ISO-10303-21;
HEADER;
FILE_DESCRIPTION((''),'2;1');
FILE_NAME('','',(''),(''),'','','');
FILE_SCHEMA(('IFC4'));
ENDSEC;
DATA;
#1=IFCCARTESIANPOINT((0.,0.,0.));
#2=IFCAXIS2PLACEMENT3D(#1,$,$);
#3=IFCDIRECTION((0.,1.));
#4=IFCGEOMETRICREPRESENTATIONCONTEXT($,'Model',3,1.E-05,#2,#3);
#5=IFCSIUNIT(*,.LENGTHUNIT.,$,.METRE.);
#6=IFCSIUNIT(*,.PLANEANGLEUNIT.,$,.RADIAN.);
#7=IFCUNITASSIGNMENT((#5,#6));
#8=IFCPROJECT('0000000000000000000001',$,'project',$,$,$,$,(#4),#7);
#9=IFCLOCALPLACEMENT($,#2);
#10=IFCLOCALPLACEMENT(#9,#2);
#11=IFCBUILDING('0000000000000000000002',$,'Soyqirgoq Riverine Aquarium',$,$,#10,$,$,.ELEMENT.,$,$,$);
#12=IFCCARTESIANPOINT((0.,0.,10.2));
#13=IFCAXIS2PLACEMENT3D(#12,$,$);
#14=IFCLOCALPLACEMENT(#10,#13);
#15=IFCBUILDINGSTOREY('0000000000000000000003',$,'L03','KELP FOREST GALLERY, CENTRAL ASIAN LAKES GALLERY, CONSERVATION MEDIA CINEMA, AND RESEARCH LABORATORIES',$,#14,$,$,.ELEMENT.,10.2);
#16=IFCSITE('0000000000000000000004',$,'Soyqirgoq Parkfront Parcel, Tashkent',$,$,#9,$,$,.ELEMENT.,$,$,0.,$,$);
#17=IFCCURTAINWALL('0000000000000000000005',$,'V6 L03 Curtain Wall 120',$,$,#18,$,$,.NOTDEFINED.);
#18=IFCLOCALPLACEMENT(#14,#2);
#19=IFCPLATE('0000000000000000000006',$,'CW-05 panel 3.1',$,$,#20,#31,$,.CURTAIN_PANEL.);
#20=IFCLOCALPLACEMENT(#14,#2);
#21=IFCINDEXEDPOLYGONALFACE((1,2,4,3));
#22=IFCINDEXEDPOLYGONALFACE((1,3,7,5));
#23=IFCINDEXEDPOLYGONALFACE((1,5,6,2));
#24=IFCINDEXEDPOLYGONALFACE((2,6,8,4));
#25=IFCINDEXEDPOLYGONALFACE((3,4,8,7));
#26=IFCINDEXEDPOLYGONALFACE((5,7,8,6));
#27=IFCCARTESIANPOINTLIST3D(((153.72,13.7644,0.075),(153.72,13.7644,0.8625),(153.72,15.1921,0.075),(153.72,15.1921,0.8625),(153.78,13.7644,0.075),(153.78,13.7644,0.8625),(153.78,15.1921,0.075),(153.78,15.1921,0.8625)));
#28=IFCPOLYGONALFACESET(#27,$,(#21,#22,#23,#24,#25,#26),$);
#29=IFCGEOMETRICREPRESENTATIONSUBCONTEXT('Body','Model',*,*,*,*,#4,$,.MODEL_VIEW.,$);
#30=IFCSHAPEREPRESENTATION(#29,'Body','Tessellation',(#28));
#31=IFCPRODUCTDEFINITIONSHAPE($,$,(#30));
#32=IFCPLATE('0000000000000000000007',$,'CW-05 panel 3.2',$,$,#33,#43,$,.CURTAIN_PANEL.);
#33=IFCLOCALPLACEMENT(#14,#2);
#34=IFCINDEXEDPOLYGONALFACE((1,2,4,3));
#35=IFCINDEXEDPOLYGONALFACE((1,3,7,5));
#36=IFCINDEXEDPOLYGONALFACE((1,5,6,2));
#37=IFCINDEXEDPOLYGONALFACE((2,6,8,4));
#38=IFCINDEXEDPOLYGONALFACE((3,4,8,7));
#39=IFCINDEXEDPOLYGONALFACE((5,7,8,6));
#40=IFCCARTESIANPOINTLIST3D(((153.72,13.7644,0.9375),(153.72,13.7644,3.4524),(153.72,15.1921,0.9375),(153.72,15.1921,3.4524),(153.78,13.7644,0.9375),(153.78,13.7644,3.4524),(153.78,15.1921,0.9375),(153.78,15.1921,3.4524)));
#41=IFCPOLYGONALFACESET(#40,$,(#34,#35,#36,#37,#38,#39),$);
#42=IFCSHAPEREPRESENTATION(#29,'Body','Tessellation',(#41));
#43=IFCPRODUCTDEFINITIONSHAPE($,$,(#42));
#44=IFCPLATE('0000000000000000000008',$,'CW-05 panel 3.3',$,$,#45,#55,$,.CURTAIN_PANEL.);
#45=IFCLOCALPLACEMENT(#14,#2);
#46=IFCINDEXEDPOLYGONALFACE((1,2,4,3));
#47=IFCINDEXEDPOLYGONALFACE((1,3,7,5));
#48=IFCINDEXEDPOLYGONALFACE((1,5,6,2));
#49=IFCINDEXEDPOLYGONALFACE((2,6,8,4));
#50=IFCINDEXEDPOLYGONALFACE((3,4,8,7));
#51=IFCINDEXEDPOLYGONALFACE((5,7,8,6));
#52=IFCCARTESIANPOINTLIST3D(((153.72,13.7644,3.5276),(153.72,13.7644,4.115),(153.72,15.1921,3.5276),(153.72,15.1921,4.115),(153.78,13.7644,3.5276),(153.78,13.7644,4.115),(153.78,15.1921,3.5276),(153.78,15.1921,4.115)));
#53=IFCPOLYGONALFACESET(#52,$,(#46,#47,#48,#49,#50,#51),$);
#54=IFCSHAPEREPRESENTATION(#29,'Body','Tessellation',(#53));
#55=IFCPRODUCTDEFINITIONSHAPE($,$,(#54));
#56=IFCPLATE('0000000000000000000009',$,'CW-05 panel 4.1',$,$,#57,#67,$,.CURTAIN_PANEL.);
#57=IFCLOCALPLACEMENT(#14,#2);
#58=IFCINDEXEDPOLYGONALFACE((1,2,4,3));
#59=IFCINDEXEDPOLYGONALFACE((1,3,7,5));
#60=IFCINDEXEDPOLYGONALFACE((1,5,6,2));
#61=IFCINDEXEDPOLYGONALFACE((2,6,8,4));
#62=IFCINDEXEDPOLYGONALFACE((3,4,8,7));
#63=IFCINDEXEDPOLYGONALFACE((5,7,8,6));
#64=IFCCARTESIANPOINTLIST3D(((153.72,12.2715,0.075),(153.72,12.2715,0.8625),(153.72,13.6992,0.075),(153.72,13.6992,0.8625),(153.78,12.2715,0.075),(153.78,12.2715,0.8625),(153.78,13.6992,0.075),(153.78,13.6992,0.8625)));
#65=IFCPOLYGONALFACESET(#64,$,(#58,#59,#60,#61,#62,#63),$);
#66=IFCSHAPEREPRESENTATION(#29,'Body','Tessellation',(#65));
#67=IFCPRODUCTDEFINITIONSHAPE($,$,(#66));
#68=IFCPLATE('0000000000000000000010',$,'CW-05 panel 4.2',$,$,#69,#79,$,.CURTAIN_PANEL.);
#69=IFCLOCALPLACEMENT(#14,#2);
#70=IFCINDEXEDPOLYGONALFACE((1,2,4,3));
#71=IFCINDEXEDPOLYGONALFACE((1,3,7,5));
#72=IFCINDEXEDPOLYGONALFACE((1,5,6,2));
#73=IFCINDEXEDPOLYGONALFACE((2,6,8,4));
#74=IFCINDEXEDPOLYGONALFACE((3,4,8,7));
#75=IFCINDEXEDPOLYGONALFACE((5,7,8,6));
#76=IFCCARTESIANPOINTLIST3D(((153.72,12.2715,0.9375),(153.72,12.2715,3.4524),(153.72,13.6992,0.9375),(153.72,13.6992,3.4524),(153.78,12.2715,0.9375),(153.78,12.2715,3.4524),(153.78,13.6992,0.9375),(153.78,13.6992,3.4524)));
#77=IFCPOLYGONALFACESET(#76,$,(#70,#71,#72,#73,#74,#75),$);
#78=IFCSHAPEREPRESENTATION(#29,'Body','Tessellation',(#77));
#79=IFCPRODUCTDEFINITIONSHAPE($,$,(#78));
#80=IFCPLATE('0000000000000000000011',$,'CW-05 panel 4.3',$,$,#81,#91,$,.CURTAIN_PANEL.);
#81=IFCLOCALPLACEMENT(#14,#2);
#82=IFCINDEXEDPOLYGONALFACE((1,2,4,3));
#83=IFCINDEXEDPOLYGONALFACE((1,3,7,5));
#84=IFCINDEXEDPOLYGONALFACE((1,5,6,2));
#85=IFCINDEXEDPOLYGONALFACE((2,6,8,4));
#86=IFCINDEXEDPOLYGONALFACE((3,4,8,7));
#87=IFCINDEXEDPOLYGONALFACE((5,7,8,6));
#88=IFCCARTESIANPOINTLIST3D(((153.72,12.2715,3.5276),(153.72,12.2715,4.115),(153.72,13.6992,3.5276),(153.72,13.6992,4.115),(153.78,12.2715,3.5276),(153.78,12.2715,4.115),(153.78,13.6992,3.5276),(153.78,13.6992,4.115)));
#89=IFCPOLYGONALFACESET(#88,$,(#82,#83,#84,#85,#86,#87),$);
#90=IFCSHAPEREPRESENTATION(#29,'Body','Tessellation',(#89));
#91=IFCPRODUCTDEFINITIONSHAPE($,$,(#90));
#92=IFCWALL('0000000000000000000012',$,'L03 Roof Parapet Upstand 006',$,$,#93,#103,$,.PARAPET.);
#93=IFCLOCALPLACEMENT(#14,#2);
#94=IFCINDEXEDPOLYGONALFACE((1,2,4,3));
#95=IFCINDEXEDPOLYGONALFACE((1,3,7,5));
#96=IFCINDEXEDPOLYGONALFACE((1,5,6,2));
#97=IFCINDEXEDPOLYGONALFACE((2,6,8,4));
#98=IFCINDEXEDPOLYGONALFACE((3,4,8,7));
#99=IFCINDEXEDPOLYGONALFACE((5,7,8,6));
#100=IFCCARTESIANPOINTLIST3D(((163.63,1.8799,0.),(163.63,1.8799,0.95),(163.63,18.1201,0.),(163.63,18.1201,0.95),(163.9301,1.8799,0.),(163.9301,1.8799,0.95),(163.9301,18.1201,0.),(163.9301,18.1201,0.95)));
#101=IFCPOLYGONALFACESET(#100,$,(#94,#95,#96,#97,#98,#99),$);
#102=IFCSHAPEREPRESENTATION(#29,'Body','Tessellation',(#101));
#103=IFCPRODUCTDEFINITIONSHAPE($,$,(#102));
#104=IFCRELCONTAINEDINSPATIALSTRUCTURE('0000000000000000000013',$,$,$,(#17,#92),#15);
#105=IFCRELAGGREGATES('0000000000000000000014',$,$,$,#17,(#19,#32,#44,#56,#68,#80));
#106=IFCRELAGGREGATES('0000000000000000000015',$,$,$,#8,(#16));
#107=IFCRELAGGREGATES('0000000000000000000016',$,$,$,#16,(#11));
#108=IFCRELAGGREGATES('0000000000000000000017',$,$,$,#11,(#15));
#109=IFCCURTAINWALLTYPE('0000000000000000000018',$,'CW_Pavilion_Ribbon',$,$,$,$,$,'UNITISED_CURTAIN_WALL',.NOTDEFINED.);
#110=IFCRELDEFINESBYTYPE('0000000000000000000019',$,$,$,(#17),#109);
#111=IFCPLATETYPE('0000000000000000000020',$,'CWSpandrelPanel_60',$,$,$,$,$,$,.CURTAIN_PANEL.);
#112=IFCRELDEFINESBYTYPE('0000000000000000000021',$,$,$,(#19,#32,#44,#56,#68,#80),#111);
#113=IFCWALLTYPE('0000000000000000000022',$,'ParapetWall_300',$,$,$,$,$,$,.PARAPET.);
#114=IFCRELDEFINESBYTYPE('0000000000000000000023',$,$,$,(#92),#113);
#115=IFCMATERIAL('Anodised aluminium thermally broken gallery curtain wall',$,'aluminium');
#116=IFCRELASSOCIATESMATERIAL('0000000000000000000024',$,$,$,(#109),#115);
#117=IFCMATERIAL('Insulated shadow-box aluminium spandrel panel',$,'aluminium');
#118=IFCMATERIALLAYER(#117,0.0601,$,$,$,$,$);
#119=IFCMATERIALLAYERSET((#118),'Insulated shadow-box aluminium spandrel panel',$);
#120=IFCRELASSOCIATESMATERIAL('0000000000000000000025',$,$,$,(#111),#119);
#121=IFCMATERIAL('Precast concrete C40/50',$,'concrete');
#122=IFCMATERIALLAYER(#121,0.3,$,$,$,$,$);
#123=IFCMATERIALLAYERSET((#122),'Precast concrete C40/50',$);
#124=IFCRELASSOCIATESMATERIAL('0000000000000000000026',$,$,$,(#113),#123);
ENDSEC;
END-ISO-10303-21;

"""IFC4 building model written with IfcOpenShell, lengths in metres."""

from ifc_helpers import new_model, si_unit, direction, frame, frame_2d, origin, origin_2d, place, context, subcontext, project, spatial, rectangle, extrude, material, layer, layer_set, type_object, element, aggregate, save


model = new_model("IFC4")

# Units and contexts
model_context = context("Model", 3, precision=1e-05, world=origin(), true_north=direction((0.0, 1.0)))
body_context = subcontext(model_context, "Body", "Model", "MODEL_VIEW")
ifc_project = project(units=[si_unit("LENGTHUNIT", "METRE"), si_unit("PLANEANGLEUNIT", "RADIAN")], contexts=[model_context])

# Site, building, storey
site_placement = place(None, origin())
site = spatial("IfcSite", under=ifc_project, at=site_placement, Name="Soyqirgoq Parkfront Parcel, Tashkent", CompositionType="ELEMENT", RefElevation=0.0)
building_placement = place(site_placement, origin())
building = spatial("IfcBuilding", under=site, at=building_placement, Name="Soyqirgoq Riverine Aquarium", CompositionType="ELEMENT")
storey_placement = place(building_placement, frame((0.0, 0.0, 10.2)))
storey = spatial("IfcBuildingStorey", under=building, at=storey_placement, Name="L03", Description="KELP FOREST GALLERY, CENTRAL ASIAN LAKES GALLERY, CONSERVATION MEDIA CINEMA, AND RESEARCH LABORATORIES", CompositionType="ELEMENT", Elevation=10.2)

# Curtain wall, plates
ifc_material_1 = material(Name="Anodised aluminium thermally broken gallery curtain wall", Category="aluminium")
curtain_wall_type = type_object("IfcCurtainWallType", Name="CW_Pavilion_Ribbon", ElementType="UNITISED_CURTAIN_WALL", PredefinedType="NOTDEFINED", material=ifc_material_1)
curtain_wall_placement = place(storey_placement, origin())
curtain_wall = element("IfcCurtainWall", 1, at=curtain_wall_placement, inside=storey, type_object=curtain_wall_type, Name="V6 L03 Curtain Wall 120", PredefinedType="NOTDEFINED")
ifc_material_2 = material(Name="Insulated shadow-box aluminium spandrel panel", Category="aluminium")
ifc_layer_1 = layer(ifc_material_2, 0.0601)
ifc_layer_set_1 = layer_set([ifc_layer_1], Name="Insulated shadow-box aluminium spandrel panel")
plate_type = type_object("IfcPlateType", Name="CWSpandrelPanel_60", PredefinedType="CURTAIN_PANEL", material=ifc_layer_set_1)
plate_1_placement = place(storey_placement, frame((153.75, 14.4783, 0.075), z_axis=(0.0, 0.0, 1.0), x_axis=(0.0, -1.0, 0.0)))
plate_1 = element("IfcPlate", 2, at=plate_1_placement, type_object=plate_type, Name="CW-05 panel 3.1", PredefinedType="CURTAIN_PANEL", context=body_context, shape_type="SweptSolid", body=[
    extrude(rectangle(XDim=1.4277, YDim=0.0601, at=origin_2d()), origin(), (0.0, 0.0, 1.0), 0.7876),
])
plate_2_placement = place(storey_placement, frame((153.75, 14.4783, 0.9375), z_axis=(0.0, 0.0, 1.0), x_axis=(0.0, -1.0, 0.0)))
plate_2 = element("IfcPlate", 3, at=plate_2_placement, type_object=plate_type, Name="CW-05 panel 3.2", PredefinedType="CURTAIN_PANEL", context=body_context, shape_type="SweptSolid", body=[
    extrude(rectangle(XDim=1.4277, YDim=0.0601, at=origin_2d()), origin(), (0.0, 0.0, 1.0), 2.5149),
])
plate_3_placement = place(storey_placement, frame((153.75, 14.4783, 3.5276), z_axis=(0.0, 0.0, 1.0), x_axis=(0.0, -1.0, 0.0)))
plate_3 = element("IfcPlate", 4, at=plate_3_placement, type_object=plate_type, Name="CW-05 panel 3.3", PredefinedType="CURTAIN_PANEL", context=body_context, shape_type="SweptSolid", body=[
    extrude(rectangle(XDim=1.4277, YDim=0.0601, at=origin_2d()), origin(), (0.0, 0.0, 1.0), 0.5874),
])
plate_4_placement = place(storey_placement, frame((153.75, 12.9854, 0.075), z_axis=(0.0, 0.0, 1.0), x_axis=(0.0, -1.0, 0.0)))
plate_4 = element("IfcPlate", 5, at=plate_4_placement, type_object=plate_type, Name="CW-05 panel 4.1", PredefinedType="CURTAIN_PANEL", context=body_context, shape_type="SweptSolid", body=[
    extrude(rectangle(XDim=1.4277, YDim=0.0601, at=origin_2d()), origin(), (0.0, 0.0, 1.0), 0.7876),
])
plate_5_placement = place(storey_placement, frame((153.75, 12.9854, 0.9375), z_axis=(0.0, 0.0, 1.0), x_axis=(0.0, -1.0, 0.0)))
plate_5 = element("IfcPlate", 6, at=plate_5_placement, type_object=plate_type, Name="CW-05 panel 4.2", PredefinedType="CURTAIN_PANEL", context=body_context, shape_type="SweptSolid", body=[
    extrude(rectangle(XDim=1.4277, YDim=0.0601, at=origin_2d()), origin(), (0.0, 0.0, 1.0), 2.5149),
])
plate_6_placement = place(storey_placement, frame((153.75, 12.9854, 3.5276), z_axis=(0.0, 0.0, 1.0), x_axis=(0.0, -1.0, 0.0)))
plate_6 = element("IfcPlate", 7, at=plate_6_placement, type_object=plate_type, Name="CW-05 panel 4.3", PredefinedType="CURTAIN_PANEL", context=body_context, shape_type="SweptSolid", body=[
    extrude(rectangle(XDim=1.4277, YDim=0.0601, at=origin_2d()), origin(), (0.0, 0.0, 1.0), 0.5874),
])
aggregate(curtain_wall, [plate_1, plate_2, plate_3, plate_4, plate_5, plate_6])

# Wall
ifc_material_3 = material(Name="Precast concrete C40/50", Category="concrete")
ifc_layer_2 = layer(ifc_material_3, 0.3)
ifc_layer_set_2 = layer_set([ifc_layer_2], Name="Precast concrete C40/50")
wall_type = type_object("IfcWallType", Name="ParapetWall_300", PredefinedType="PARAPET", material=ifc_layer_set_2)
wall_placement = place(storey_placement, frame((163.78, 18.1201, 0.0), z_axis=(0.0, 0.0, 1.0), x_axis=(0.0, -1.0, 0.0)))
element("IfcWall", 8, at=wall_placement, inside=storey, type_object=wall_type, Name="L03 Roof Parapet Upstand 006", PredefinedType="PARAPET", context=body_context, shape_type="SweptSolid", body=[
    extrude(rectangle(XDim=16.2402, YDim=0.3, at=frame_2d((8.1201, 0.0))), origin(), (0.0, 0.0, 1.0), 0.95),
])

save(model, "model.ifc")
